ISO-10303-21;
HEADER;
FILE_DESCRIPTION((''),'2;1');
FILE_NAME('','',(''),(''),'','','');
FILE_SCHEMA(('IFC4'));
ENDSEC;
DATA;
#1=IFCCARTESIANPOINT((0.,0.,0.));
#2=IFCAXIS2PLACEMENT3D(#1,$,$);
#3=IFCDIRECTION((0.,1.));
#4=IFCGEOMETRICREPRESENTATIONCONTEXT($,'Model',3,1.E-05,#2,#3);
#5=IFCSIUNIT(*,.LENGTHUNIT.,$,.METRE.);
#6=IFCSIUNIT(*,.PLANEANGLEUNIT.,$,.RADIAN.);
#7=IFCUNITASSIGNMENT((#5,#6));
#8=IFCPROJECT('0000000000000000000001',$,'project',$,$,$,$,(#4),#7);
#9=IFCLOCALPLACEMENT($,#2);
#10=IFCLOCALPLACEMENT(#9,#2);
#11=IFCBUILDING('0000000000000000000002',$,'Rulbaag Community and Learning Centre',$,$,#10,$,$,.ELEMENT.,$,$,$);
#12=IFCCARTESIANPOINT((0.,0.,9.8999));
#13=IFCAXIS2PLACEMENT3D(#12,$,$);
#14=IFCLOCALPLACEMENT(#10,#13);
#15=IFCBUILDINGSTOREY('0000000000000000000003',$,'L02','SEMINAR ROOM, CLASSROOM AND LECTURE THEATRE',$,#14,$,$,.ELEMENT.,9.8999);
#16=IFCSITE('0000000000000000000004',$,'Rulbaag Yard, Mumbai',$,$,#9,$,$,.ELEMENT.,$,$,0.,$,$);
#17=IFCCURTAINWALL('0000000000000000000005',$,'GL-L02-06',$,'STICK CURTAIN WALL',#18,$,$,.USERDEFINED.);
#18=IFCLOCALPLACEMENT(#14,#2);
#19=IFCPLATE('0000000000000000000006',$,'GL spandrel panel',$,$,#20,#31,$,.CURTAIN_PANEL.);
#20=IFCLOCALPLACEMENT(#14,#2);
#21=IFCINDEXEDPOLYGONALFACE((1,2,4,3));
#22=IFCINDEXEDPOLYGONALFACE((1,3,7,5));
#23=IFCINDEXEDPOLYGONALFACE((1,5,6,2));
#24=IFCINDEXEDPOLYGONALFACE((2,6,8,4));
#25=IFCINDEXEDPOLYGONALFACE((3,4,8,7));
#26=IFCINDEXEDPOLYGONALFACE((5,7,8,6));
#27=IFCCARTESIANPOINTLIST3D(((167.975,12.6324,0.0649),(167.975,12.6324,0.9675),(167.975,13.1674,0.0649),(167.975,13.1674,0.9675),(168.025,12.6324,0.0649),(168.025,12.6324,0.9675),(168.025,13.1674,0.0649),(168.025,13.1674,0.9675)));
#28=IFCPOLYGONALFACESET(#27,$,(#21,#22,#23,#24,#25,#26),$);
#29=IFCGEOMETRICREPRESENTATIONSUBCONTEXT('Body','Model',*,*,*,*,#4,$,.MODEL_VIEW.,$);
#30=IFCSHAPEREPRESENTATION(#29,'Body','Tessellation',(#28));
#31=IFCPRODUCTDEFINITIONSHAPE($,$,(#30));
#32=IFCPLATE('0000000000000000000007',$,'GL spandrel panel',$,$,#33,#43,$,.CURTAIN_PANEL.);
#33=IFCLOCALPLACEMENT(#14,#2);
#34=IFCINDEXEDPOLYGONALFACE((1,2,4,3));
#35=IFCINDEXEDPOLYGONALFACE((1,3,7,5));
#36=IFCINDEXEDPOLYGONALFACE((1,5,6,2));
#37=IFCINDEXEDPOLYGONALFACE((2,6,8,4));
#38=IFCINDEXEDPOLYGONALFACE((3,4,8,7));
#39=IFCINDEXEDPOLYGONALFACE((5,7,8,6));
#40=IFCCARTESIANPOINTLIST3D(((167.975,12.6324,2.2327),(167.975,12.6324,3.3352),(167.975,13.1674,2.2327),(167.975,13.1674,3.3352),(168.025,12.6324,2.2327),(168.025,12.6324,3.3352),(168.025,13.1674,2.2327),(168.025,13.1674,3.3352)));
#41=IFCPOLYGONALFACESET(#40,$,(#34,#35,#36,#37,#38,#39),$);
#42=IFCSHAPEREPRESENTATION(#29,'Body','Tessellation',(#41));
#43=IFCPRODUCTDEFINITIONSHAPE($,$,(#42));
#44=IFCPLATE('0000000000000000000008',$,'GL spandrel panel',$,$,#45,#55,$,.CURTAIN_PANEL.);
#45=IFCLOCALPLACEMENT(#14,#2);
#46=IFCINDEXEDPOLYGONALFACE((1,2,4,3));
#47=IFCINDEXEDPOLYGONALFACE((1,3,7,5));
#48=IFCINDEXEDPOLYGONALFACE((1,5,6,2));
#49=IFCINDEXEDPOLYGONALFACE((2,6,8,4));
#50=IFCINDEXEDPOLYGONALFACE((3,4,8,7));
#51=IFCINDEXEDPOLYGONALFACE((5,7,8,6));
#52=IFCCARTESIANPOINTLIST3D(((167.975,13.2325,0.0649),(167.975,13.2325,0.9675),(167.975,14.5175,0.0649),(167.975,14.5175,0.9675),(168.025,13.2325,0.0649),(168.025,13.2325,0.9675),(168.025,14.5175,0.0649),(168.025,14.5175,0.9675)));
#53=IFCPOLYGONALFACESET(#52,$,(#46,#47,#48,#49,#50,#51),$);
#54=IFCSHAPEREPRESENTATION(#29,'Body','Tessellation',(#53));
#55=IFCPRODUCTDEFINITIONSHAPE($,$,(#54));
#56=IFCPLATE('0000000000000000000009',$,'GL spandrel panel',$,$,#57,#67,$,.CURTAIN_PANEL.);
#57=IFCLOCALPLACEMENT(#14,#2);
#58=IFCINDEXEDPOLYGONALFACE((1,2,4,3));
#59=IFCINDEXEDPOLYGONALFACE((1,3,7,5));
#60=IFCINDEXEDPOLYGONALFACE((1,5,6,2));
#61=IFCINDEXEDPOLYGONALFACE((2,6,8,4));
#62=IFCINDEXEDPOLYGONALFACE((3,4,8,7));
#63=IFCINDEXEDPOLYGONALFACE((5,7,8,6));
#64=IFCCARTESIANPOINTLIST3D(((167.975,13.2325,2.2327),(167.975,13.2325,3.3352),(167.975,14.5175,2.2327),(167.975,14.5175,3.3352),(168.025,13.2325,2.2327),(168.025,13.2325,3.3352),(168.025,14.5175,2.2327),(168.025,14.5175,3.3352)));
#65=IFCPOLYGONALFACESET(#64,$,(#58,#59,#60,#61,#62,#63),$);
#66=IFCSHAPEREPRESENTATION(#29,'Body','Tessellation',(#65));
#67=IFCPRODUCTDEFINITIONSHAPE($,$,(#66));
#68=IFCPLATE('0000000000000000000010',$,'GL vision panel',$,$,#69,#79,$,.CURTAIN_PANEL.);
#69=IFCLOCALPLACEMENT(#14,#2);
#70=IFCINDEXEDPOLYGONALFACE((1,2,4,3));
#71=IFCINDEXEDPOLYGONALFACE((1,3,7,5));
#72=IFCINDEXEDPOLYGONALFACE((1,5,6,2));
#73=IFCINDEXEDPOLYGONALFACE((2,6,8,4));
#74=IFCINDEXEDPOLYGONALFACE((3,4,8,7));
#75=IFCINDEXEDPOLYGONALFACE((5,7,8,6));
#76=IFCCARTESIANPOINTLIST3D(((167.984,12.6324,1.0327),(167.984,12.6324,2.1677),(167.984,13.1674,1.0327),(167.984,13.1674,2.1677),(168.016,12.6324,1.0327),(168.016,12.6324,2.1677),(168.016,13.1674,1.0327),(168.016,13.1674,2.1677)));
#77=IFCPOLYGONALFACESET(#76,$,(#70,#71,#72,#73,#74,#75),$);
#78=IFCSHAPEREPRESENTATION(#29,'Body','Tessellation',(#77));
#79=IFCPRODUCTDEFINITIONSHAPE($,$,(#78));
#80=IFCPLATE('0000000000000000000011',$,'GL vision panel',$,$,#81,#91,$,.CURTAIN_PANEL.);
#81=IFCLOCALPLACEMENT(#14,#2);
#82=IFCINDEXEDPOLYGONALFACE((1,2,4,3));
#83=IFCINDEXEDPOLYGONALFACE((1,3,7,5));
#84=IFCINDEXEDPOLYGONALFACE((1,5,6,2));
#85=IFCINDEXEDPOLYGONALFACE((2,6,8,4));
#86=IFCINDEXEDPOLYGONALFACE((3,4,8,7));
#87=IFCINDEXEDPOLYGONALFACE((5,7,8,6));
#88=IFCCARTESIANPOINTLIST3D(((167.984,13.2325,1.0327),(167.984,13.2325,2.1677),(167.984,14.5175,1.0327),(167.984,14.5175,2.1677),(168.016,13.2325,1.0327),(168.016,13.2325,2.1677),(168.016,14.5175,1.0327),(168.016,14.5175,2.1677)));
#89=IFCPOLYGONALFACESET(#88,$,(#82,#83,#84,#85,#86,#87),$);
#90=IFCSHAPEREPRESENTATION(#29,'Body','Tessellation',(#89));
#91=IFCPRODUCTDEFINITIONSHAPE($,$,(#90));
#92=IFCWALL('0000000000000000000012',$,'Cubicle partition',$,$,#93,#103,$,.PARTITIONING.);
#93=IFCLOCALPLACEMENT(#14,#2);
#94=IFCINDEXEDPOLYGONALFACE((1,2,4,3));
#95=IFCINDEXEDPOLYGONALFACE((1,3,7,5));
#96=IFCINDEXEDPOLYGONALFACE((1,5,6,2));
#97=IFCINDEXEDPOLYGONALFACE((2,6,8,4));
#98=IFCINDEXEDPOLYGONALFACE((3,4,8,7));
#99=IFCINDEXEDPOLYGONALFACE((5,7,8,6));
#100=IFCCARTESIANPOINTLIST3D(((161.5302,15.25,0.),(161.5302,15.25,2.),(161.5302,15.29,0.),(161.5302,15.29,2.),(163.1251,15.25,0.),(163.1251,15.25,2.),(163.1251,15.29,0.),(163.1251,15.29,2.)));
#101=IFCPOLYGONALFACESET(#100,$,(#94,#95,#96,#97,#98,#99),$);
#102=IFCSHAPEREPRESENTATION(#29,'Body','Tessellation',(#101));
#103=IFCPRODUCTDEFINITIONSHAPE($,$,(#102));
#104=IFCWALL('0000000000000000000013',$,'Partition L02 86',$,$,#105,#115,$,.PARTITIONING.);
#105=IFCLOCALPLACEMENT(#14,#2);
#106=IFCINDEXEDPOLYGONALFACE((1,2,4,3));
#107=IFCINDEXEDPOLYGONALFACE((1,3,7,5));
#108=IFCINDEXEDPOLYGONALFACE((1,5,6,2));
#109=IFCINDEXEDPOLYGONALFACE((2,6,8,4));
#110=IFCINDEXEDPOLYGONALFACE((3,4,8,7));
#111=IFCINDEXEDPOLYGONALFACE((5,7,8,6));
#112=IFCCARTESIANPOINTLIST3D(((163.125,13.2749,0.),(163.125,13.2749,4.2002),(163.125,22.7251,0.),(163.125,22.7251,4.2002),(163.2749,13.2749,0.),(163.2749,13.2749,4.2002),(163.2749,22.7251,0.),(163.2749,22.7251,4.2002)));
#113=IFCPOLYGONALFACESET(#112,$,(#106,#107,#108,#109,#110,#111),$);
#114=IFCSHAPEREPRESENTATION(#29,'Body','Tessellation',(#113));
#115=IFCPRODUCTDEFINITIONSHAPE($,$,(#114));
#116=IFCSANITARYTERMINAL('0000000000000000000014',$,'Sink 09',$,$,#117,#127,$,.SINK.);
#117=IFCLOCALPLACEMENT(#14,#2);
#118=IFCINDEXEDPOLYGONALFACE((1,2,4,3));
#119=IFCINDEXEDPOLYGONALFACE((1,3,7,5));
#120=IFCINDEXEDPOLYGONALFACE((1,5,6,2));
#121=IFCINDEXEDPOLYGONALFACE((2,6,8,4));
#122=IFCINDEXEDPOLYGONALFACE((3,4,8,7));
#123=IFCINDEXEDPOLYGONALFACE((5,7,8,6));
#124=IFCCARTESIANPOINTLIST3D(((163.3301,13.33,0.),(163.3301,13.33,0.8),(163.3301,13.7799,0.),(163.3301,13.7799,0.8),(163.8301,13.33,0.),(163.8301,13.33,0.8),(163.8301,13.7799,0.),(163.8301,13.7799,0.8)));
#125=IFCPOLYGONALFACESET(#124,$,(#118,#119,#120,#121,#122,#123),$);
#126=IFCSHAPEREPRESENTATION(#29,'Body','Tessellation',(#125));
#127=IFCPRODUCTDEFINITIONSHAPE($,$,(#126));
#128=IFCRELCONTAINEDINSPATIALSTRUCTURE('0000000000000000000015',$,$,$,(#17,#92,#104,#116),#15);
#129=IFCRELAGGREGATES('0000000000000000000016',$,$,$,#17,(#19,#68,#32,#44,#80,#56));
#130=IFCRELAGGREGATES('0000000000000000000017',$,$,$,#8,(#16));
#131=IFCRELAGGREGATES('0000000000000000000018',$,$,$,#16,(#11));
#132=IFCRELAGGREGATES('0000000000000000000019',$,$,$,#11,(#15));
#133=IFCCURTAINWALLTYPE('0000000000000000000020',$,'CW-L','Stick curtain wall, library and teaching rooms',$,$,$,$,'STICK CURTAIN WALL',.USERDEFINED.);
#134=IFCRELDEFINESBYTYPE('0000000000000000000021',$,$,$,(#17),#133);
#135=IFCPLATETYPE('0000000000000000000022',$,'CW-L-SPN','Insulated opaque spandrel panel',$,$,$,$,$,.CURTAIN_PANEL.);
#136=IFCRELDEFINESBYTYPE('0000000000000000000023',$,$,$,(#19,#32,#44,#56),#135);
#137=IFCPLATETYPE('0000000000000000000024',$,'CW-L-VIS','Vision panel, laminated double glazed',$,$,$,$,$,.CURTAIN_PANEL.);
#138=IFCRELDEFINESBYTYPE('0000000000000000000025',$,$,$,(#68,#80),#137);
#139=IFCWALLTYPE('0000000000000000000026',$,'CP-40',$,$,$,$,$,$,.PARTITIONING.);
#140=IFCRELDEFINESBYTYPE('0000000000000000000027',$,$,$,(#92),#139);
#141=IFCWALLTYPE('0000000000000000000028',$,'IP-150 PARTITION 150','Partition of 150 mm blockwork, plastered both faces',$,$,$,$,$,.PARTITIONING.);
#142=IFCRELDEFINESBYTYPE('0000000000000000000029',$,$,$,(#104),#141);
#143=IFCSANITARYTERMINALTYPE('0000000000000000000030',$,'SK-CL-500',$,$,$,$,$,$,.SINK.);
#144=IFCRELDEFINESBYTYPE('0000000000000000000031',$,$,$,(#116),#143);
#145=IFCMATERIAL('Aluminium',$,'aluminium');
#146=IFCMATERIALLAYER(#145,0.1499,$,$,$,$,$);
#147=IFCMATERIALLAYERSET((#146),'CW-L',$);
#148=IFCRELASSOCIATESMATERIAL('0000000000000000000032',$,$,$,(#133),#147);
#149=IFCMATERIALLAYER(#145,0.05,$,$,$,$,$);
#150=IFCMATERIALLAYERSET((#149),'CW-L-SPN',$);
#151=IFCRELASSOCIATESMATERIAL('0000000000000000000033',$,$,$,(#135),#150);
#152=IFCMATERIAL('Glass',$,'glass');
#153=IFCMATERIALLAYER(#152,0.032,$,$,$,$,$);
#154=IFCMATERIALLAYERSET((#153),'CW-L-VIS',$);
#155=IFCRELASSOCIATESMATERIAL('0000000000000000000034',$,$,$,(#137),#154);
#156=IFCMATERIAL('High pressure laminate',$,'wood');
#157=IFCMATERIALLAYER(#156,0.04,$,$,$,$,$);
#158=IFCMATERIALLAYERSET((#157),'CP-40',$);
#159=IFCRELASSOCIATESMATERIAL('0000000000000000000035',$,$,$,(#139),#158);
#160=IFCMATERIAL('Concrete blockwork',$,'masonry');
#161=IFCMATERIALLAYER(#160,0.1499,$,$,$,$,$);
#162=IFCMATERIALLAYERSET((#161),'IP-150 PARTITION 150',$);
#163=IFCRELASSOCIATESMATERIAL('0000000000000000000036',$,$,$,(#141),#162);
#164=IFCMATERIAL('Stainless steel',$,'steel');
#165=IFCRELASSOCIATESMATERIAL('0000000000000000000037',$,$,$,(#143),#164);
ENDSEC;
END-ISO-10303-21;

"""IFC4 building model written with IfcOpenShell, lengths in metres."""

from ifc_helpers import new_model, si_unit, direction, frame, frame_2d, origin, origin_2d, place, context, subcontext, project, spatial, rectangle, extrude, material, layer, layer_set, type_object, element, aggregate, save


model = new_model("IFC4")

# Units and contexts
model_context = context("Model", 3, precision=1e-05, world=origin(), true_north=direction((0.0, 1.0)))
body_context = subcontext(model_context, "Body", "Model", "MODEL_VIEW")
ifc_project = project(units=[si_unit("LENGTHUNIT", "METRE"), si_unit("PLANEANGLEUNIT", "RADIAN")], contexts=[model_context])

# Site, building, storey
site_placement = place(None, origin())
site = spatial("IfcSite", under=ifc_project, at=site_placement, Name="Rulbaag Yard, Mumbai", CompositionType="ELEMENT", RefElevation=0.0)
building_placement = place(site_placement, origin())
building = spatial("IfcBuilding", under=site, at=building_placement, Name="Rulbaag Community and Learning Centre", CompositionType="ELEMENT")
storey_placement = place(building_placement, frame((0.0, 0.0, 9.8999)))
storey = spatial("IfcBuildingStorey", under=building, at=storey_placement, Name="L02", Description="SEMINAR ROOM, CLASSROOM AND LECTURE THEATRE", CompositionType="ELEMENT", Elevation=9.8999)

# Curtain wall, plates
ifc_material_1 = material(Name="Aluminium", Category="aluminium")
ifc_layer_1 = layer(ifc_material_1, 0.1499)
ifc_layer_set_1 = layer_set([ifc_layer_1], Name="CW-L")
curtain_wall_type = type_object("IfcCurtainWallType", Name="CW-L", Description="Stick curtain wall, library and teaching rooms", ElementType="STICK CURTAIN WALL", PredefinedType="USERDEFINED", material=ifc_layer_set_1)
curtain_wall_placement = place(storey_placement, origin())
curtain_wall = element("IfcCurtainWall", 1, at=curtain_wall_placement, inside=storey, type_object=curtain_wall_type, Name="GL-L02-06", ObjectType="STICK CURTAIN WALL", PredefinedType="USERDEFINED")
ifc_layer_2 = layer(ifc_material_1, 0.05)
ifc_layer_set_2 = layer_set([ifc_layer_2], Name="CW-L-SPN")
plate_type_1 = type_object("IfcPlateType", Name="CW-L-SPN", Description="Insulated opaque spandrel panel", PredefinedType="CURTAIN_PANEL", material=ifc_layer_set_2)
plate_1_placement = place(storey_placement, frame((168.0, 12.8999, 0.0649), z_axis=(0.0, 0.0, 1.0), x_axis=(0.0, 1.0, 0.0)))
plate_1 = element("IfcPlate", 2, at=plate_1_placement, type_object=plate_type_1, Name="GL spandrel panel", PredefinedType="CURTAIN_PANEL", context=body_context, shape_type="SweptSolid", body=[
    extrude(rectangle(XDim=0.5349, YDim=0.05, at=origin_2d()), origin(), (0.0, 0.0, 1.0), 0.9026),
])
plate_2_placement = place(storey_placement, frame((168.0, 12.8999, 2.2327), z_axis=(0.0, 0.0, 1.0), x_axis=(0.0, 1.0, 0.0)))
plate_2 = element("IfcPlate", 3, at=plate_2_placement, type_object=plate_type_1, Name="GL spandrel panel", PredefinedType="CURTAIN_PANEL", context=body_context, shape_type="SweptSolid", body=[
    extrude(rectangle(XDim=0.5349, YDim=0.05, at=origin_2d()), origin(), (0.0, 0.0, 1.0), 1.1025),
])
plate_3_placement = place(storey_placement, frame((168.0, 13.875, 0.0649), z_axis=(0.0, 0.0, 1.0), x_axis=(0.0, 1.0, 0.0)))
plate_3 = element("IfcPlate", 4, at=plate_3_placement, type_object=plate_type_1, Name="GL spandrel panel", PredefinedType="CURTAIN_PANEL", context=body_context, shape_type="SweptSolid", body=[
    extrude(rectangle(XDim=1.2849, YDim=0.05, at=origin_2d()), origin(), (0.0, 0.0, 1.0), 0.9026),
])
plate_4_placement = place(storey_placement, frame((168.0, 13.875, 2.2327), z_axis=(0.0, 0.0, 1.0), x_axis=(0.0, 1.0, 0.0)))
plate_4 = element("IfcPlate", 5, at=plate_4_placement, type_object=plate_type_1, Name="GL spandrel panel", PredefinedType="CURTAIN_PANEL", context=body_context, shape_type="SweptSolid", body=[
    extrude(rectangle(XDim=1.2849, YDim=0.05, at=origin_2d()), origin(), (0.0, 0.0, 1.0), 1.1025),
])
ifc_material_2 = material(Name="Glass", Category="glass")
ifc_layer_3 = layer(ifc_material_2, 0.032)
ifc_layer_set_3 = layer_set([ifc_layer_3], Name="CW-L-VIS")
plate_type_2 = type_object("IfcPlateType", Name="CW-L-VIS", Description="Vision panel, laminated double glazed", PredefinedType="CURTAIN_PANEL", material=ifc_layer_set_3)
plate_5_placement = place(storey_placement, frame((168.0, 12.8999, 1.0327), z_axis=(0.0, 0.0, 1.0), x_axis=(0.0, 1.0, 0.0)))
plate_5 = element("IfcPlate", 6, at=plate_5_placement, type_object=plate_type_2, Name="GL vision panel", PredefinedType="CURTAIN_PANEL", context=body_context, shape_type="SweptSolid", body=[
    extrude(rectangle(XDim=0.5349, YDim=0.032, at=origin_2d()), origin(), (0.0, 0.0, 1.0), 1.135),
])
plate_6_placement = place(storey_placement, frame((168.0, 13.875, 1.0327), z_axis=(0.0, 0.0, 1.0), x_axis=(0.0, 1.0, 0.0)))
plate_6 = element("IfcPlate", 7, at=plate_6_placement, type_object=plate_type_2, Name="GL vision panel", PredefinedType="CURTAIN_PANEL", context=body_context, shape_type="SweptSolid", body=[
    extrude(rectangle(XDim=1.2849, YDim=0.032, at=origin_2d()), origin(), (0.0, 0.0, 1.0), 1.135),
])
aggregate(curtain_wall, [plate_1, plate_5, plate_2, plate_3, plate_6, plate_4])

# Walls
ifc_material_3 = material(Name="High pressure laminate", Category="wood")
ifc_layer_4 = layer(ifc_material_3, 0.04)
ifc_layer_set_4 = layer_set([ifc_layer_4], Name="CP-40")
wall_type_1 = type_object("IfcWallType", Name="CP-40", PredefinedType="PARTITIONING", material=ifc_layer_set_4)
wall_1_placement = place(storey_placement, frame((163.125, 15.27, 0.0), z_axis=(0.0, 0.0, 1.0), x_axis=(-1.0, 0.0, 0.0)))
element("IfcWall", 8, at=wall_1_placement, inside=storey, type_object=wall_type_1, Name="Cubicle partition", PredefinedType="PARTITIONING", context=body_context, shape_type="SweptSolid", body=[
    extrude(rectangle(XDim=1.595, YDim=0.04, at=frame_2d((0.7974, 0.0))), origin(), (0.0, 0.0, 1.0), 2.0),
])
ifc_material_4 = material(Name="Concrete blockwork", Category="masonry")
ifc_layer_5 = layer(ifc_material_4, 0.1499)
ifc_layer_set_5 = layer_set([ifc_layer_5], Name="IP-150 PARTITION 150")
wall_type_2 = type_object("IfcWallType", Name="IP-150 PARTITION 150", Description="Partition of 150 mm blockwork, plastered both faces", PredefinedType="PARTITIONING", material=ifc_layer_set_5)
wall_2_placement = place(storey_placement, frame((163.2, 13.2749, 0.0), z_axis=(0.0, 0.0, 1.0), x_axis=(0.0, 1.0, 0.0)))
element("IfcWall", 9, at=wall_2_placement, inside=storey, type_object=wall_type_2, Name="Partition L02 86", PredefinedType="PARTITIONING", context=body_context, shape_type="SweptSolid", body=[
    extrude(rectangle(XDim=9.4502, YDim=0.1499, at=frame_2d((4.7251, 0.0))), origin(), (0.0, 0.0, 1.0), 4.2002),
])

# Sanitary terminal
ifc_material_5 = material(Name="Stainless steel", Category="steel")
sanitary_terminal_type = type_object("IfcSanitaryTerminalType", Name="SK-CL-500", PredefinedType="SINK", material=ifc_material_5)
sanitary_terminal_placement = place(storey_placement, frame((163.5801, 13.5549, 0.0), z_axis=(0.0, 0.0, 1.0), x_axis=(1.0, 0.0, 0.0)))
element("IfcSanitaryTerminal", 10, at=sanitary_terminal_placement, inside=storey, type_object=sanitary_terminal_type, Name="Sink 09", PredefinedType="SINK", context=body_context, shape_type="SweptSolid", body=[
    extrude(rectangle(XDim=0.5, YDim=0.45, at=origin_2d()), origin(), (0.0, 0.0, 1.0), 0.8),
])

save(model, "model.ifc")
